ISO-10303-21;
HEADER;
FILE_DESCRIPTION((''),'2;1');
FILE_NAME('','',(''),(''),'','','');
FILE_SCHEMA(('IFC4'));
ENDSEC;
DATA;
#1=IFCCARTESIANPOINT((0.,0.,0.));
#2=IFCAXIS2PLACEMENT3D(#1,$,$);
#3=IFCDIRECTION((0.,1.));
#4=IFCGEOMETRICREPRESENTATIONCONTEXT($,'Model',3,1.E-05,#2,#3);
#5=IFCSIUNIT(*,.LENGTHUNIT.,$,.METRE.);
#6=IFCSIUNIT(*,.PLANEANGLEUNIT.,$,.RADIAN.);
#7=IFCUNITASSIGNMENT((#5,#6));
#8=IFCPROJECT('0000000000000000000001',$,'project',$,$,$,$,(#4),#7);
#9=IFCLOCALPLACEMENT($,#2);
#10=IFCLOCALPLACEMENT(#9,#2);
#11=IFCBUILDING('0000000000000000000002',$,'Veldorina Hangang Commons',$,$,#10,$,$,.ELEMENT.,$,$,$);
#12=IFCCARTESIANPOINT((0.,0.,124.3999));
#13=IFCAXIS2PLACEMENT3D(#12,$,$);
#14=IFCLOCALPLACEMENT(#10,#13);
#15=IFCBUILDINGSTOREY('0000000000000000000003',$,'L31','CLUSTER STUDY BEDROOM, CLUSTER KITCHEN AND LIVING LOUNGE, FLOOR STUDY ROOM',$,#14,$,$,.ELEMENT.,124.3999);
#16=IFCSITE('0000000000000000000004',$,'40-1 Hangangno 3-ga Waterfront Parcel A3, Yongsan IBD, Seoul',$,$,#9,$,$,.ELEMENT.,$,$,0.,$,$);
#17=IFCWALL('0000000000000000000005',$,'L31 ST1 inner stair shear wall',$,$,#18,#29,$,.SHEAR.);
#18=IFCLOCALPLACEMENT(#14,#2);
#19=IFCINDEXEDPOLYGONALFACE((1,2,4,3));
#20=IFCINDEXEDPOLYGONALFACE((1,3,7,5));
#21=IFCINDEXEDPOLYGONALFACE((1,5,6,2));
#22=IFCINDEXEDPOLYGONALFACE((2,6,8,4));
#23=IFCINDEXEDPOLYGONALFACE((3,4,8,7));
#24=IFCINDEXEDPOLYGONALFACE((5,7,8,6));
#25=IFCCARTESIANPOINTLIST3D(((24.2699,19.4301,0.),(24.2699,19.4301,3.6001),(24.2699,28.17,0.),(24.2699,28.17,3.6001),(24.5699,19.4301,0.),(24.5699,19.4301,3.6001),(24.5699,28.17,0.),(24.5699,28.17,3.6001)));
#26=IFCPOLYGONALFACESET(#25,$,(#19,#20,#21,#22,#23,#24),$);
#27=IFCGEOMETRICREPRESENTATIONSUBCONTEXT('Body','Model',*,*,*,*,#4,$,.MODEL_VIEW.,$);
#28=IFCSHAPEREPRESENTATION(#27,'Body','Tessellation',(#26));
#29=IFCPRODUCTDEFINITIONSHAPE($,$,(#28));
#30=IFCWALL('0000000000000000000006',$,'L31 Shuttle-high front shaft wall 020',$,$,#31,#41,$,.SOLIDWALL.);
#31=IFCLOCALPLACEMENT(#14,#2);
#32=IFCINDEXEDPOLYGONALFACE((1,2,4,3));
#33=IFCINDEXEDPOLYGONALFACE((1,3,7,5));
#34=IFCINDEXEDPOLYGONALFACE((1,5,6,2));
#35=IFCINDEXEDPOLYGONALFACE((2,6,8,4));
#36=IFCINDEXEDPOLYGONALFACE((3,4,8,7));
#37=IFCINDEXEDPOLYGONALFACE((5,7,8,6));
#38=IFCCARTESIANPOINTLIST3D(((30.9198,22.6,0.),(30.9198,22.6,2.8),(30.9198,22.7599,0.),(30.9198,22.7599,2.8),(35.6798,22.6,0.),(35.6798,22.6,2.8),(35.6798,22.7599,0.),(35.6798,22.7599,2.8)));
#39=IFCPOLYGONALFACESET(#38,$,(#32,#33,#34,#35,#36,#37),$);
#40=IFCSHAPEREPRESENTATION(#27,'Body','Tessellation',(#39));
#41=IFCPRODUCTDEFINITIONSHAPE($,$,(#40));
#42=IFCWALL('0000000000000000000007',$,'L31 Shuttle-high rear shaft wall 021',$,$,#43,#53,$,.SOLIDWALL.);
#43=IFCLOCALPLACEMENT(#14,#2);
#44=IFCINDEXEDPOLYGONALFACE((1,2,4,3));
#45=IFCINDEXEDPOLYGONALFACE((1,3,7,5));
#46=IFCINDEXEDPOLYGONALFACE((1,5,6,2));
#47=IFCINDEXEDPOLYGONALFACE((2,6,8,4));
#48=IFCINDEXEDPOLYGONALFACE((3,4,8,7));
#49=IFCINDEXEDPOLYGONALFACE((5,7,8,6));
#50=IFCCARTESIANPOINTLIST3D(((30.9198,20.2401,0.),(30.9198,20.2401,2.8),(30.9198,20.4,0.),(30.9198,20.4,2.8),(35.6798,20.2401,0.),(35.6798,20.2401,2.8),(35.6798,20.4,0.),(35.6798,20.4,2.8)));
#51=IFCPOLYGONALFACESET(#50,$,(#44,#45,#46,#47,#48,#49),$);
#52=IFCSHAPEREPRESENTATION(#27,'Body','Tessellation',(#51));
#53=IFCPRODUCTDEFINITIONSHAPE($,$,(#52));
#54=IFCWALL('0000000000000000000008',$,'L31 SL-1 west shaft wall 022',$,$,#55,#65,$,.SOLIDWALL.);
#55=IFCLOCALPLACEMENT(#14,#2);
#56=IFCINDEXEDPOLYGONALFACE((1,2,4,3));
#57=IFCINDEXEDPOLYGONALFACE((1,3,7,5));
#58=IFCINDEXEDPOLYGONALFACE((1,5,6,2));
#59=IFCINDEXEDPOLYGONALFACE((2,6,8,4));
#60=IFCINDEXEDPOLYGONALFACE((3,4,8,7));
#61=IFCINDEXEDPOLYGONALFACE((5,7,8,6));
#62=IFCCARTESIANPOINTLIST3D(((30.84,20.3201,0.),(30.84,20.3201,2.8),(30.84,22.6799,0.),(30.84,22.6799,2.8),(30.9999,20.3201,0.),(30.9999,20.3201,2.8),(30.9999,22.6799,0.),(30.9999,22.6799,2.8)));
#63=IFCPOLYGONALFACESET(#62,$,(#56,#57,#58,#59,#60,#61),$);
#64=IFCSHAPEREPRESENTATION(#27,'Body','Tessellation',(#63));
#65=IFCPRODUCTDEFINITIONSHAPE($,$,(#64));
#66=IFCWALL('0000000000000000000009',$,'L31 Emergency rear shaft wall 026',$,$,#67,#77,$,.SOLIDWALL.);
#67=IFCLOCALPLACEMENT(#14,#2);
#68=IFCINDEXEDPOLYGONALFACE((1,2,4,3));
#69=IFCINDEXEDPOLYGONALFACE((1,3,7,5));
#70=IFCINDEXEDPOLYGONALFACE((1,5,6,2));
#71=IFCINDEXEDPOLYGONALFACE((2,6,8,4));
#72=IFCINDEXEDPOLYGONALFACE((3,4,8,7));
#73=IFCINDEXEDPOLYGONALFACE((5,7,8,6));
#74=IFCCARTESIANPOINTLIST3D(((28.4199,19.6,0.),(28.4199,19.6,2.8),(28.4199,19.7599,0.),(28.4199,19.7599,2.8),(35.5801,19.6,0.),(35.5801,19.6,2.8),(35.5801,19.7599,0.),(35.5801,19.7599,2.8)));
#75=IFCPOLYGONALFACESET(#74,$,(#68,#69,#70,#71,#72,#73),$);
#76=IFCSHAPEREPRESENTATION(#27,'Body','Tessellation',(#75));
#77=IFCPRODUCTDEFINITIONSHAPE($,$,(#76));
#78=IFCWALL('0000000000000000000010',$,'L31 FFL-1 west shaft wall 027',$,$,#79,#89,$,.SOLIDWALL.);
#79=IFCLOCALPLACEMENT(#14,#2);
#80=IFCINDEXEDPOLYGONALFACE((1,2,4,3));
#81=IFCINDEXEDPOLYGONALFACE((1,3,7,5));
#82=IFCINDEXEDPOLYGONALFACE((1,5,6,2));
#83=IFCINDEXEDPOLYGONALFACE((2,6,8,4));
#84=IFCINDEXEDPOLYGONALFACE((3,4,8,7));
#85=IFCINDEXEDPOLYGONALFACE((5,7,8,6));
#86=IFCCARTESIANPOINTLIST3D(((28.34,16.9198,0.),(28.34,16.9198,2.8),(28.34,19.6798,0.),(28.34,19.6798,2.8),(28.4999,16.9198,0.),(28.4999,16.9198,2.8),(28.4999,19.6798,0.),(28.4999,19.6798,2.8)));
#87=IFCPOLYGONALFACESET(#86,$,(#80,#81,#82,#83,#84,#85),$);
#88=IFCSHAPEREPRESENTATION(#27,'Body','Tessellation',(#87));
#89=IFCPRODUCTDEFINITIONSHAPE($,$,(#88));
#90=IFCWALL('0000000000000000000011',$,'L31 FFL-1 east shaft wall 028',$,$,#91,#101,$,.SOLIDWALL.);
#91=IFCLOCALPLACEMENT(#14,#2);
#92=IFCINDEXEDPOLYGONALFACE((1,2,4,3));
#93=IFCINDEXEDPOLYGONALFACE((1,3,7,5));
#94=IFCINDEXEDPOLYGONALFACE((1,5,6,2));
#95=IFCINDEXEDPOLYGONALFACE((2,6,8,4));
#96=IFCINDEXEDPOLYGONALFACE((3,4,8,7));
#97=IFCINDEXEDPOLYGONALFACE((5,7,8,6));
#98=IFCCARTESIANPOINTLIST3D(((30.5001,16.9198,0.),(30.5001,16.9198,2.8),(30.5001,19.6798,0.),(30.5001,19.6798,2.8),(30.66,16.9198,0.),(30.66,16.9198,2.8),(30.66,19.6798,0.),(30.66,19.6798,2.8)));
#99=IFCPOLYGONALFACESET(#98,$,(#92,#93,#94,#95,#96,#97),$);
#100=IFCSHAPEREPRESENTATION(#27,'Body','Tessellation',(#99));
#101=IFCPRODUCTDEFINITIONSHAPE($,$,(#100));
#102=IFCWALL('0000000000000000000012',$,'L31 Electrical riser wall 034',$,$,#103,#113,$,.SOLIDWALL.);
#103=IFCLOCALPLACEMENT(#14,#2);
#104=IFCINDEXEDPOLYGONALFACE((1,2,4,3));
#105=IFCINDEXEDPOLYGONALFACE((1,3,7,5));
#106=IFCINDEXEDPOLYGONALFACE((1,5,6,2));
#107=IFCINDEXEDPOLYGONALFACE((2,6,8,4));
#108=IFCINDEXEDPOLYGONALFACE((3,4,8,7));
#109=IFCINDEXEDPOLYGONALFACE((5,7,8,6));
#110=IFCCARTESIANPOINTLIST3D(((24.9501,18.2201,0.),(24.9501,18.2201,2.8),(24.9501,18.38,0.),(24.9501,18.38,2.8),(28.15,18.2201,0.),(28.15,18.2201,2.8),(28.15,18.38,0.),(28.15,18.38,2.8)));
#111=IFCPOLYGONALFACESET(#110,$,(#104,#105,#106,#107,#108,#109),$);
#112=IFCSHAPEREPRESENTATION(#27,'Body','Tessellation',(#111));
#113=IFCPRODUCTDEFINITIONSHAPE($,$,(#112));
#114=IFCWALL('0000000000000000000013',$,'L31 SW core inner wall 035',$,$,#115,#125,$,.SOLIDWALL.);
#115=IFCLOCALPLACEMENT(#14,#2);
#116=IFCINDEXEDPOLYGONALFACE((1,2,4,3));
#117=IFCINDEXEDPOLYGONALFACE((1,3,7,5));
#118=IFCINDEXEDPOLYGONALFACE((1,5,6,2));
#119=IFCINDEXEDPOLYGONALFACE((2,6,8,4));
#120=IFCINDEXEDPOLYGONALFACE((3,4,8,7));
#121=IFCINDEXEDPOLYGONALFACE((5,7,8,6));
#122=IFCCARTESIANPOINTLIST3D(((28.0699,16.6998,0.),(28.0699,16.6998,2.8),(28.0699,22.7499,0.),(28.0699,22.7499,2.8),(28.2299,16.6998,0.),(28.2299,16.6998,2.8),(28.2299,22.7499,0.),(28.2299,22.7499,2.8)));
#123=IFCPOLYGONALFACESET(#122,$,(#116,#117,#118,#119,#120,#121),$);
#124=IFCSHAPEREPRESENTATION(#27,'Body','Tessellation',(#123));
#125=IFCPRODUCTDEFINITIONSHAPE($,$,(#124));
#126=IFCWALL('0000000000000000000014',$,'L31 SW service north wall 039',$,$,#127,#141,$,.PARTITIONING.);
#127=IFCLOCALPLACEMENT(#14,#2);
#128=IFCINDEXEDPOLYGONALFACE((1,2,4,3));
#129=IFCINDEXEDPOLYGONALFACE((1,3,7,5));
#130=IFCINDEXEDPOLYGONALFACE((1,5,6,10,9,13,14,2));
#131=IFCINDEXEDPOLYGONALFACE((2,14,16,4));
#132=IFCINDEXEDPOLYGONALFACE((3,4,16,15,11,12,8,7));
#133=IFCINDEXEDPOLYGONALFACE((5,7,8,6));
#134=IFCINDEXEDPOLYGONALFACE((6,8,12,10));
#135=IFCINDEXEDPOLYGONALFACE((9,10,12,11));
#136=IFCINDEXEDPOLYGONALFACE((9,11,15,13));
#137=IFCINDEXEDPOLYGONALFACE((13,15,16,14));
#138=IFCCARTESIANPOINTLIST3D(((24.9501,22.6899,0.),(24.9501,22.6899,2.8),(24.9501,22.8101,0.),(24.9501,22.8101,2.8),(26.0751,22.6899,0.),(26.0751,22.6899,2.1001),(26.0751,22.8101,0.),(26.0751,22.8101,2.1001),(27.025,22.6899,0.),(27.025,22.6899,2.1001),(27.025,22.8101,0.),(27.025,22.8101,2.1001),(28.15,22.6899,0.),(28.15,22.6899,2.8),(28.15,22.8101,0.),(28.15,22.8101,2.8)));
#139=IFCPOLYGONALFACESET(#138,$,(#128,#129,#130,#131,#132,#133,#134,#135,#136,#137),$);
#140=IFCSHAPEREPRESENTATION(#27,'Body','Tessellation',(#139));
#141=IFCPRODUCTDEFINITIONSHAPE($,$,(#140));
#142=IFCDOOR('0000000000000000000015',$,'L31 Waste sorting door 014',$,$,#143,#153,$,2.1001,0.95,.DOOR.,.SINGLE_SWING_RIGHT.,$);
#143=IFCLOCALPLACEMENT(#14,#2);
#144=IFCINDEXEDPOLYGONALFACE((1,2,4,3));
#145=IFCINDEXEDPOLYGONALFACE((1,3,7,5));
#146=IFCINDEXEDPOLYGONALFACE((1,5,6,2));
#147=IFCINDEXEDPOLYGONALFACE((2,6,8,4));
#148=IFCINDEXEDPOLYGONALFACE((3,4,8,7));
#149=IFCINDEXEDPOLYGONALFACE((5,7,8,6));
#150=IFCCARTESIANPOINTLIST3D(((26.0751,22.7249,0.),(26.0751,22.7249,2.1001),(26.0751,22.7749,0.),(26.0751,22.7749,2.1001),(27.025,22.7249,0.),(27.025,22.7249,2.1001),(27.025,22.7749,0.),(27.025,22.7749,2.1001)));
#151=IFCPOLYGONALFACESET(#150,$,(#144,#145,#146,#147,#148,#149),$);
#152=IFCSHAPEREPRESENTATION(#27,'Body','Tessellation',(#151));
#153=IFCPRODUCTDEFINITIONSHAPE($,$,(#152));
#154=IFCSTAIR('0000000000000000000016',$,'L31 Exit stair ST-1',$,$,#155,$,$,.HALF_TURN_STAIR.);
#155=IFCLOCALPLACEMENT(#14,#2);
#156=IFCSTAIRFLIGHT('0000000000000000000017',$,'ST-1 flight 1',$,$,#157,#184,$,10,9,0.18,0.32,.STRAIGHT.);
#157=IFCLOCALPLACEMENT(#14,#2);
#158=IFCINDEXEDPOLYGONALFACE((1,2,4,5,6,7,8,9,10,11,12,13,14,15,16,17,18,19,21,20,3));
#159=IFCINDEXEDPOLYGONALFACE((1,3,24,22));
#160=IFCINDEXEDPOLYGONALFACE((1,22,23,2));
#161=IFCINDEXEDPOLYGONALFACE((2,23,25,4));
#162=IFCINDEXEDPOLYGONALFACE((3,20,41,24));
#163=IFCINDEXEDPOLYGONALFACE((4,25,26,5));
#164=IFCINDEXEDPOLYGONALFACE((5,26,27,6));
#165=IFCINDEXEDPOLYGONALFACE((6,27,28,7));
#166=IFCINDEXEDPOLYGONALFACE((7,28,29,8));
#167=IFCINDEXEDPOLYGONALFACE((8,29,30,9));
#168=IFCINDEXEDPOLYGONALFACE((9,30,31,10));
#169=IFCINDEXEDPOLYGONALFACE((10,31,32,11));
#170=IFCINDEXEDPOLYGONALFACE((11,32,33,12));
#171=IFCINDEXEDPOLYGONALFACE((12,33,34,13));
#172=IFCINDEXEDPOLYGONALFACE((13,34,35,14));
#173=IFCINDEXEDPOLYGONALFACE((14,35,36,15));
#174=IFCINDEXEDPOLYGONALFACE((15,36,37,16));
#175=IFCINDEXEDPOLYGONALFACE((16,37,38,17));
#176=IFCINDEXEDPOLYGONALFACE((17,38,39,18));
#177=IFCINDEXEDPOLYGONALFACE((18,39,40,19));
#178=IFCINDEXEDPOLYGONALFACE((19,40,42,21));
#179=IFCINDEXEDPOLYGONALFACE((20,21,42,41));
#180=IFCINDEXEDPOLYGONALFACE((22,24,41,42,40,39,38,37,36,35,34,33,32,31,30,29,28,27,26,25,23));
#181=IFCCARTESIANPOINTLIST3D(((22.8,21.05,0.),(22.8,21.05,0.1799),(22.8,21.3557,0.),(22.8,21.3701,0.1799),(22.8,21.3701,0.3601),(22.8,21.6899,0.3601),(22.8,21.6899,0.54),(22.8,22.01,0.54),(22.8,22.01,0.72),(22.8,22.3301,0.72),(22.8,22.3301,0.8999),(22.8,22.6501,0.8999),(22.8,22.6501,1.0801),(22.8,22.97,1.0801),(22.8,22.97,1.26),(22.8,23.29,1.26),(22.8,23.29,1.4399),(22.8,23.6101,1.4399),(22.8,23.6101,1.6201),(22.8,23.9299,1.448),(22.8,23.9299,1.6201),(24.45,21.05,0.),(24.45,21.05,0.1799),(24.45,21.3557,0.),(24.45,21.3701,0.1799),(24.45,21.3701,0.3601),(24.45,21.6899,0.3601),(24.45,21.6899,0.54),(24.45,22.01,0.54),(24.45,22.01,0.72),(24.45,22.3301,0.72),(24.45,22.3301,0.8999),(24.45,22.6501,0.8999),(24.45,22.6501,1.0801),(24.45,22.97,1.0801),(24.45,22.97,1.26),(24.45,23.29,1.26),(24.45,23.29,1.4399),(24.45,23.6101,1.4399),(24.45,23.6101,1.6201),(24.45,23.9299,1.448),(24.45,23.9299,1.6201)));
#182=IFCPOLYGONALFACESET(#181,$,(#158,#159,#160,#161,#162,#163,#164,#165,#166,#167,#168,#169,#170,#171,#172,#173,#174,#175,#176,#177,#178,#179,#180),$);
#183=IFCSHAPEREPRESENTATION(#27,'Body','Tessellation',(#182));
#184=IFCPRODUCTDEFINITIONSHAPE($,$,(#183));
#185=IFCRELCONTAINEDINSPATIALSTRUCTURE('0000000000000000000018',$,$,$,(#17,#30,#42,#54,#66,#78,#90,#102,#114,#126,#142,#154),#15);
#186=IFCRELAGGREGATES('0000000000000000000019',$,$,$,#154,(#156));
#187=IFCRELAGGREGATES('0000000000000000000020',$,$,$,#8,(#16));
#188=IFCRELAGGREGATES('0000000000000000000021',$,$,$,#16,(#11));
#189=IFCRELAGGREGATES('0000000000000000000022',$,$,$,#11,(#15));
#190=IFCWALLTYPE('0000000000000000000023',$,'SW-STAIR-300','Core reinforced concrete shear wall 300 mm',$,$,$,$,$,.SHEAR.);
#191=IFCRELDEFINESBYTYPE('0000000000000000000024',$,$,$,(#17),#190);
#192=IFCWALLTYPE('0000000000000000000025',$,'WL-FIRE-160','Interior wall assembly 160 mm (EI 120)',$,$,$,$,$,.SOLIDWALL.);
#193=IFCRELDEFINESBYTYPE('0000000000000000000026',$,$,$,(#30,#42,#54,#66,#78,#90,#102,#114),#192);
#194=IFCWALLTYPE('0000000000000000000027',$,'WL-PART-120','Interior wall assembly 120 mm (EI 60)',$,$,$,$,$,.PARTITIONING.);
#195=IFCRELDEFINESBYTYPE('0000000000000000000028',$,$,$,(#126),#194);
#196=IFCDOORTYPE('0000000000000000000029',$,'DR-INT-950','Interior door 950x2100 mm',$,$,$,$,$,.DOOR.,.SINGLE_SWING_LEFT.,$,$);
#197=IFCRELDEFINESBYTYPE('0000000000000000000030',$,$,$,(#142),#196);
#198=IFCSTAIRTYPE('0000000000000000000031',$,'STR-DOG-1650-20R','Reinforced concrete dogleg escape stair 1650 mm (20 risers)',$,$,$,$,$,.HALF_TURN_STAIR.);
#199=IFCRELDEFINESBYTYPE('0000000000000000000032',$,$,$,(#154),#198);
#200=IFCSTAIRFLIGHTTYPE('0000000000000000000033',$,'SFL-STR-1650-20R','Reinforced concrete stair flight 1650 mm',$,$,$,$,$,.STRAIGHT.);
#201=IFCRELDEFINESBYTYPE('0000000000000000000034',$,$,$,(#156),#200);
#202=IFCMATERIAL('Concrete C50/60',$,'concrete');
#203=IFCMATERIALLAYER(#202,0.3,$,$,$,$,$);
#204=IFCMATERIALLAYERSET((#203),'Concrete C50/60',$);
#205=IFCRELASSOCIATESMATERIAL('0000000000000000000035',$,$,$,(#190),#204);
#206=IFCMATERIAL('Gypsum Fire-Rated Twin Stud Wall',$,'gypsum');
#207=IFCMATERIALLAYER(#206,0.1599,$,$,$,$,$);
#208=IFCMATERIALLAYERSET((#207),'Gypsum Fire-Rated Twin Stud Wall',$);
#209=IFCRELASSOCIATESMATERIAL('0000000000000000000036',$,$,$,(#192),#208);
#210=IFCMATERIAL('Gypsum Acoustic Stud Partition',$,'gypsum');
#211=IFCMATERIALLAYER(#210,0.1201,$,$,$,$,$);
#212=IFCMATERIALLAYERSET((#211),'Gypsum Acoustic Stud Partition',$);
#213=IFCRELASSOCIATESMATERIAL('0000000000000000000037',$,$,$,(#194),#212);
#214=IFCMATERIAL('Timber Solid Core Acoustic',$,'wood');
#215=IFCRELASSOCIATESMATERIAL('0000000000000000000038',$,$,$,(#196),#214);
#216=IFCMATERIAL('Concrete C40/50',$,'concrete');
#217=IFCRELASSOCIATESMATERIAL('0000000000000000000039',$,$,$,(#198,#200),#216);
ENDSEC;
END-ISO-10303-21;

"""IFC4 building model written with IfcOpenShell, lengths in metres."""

from ifc_helpers import new_model, si_unit, direction, frame, frame_2d, origin, place, context, subcontext, project, spatial, polyline, rectangle, outline, extrude, material, layer, layer_set, type_object, element, fill, aggregate, save


model = new_model("IFC4")

# Units and contexts
model_context = context("Model", 3, precision=1e-05, world=origin(), true_north=direction((0.0, 1.0)))
body_context = subcontext(model_context, "Body", "Model", "MODEL_VIEW")
ifc_project = project(units=[si_unit("LENGTHUNIT", "METRE"), si_unit("PLANEANGLEUNIT", "RADIAN")], contexts=[model_context])

# Site, building, storey
site_placement = place(None, origin())
site = spatial("IfcSite", under=ifc_project, at=site_placement, Name="40-1 Hangangno 3-ga Waterfront Parcel A3, Yongsan IBD, Seoul", CompositionType="ELEMENT", RefElevation=0.0)
building_placement = place(site_placement, origin())
building = spatial("IfcBuilding", under=site, at=building_placement, Name="Veldorina Hangang Commons", CompositionType="ELEMENT")
storey_placement = place(building_placement, frame((0.0, 0.0, 124.3999)))
storey = spatial("IfcBuildingStorey", under=building, at=storey_placement, Name="L31", Description="CLUSTER STUDY BEDROOM, CLUSTER KITCHEN AND LIVING LOUNGE, FLOOR STUDY ROOM", CompositionType="ELEMENT", Elevation=124.3999)

# Walls
ifc_material_1 = material(Name="Concrete C50/60", Category="concrete")
ifc_layer_1 = layer(ifc_material_1, 0.3)
ifc_layer_set_1 = layer_set([ifc_layer_1], Name="Concrete C50/60")
wall_type_1 = type_object("IfcWallType", Name="SW-STAIR-300", Description="Core reinforced concrete shear wall 300 mm", PredefinedType="SHEAR", material=ifc_layer_set_1)
wall_1_placement = place(storey_placement, frame((24.4199, 19.4299, 0.0), z_axis=(0.0, 0.0, 1.0), x_axis=(0.0, 1.0, 0.0)))
element("IfcWall", 1, at=wall_1_placement, inside=storey, type_object=wall_type_1, Name="L31 ST1 inner stair shear wall", PredefinedType="SHEAR", context=body_context, shape_type="SweptSolid", body=[
    extrude(rectangle(XDim=8.74, YDim=0.3, at=frame_2d((4.3701, 0.0))), origin(), (0.0, 0.0, 1.0), 3.6001),
])
ifc_material_2 = material(Name="Gypsum Fire-Rated Twin Stud Wall", Category="gypsum")
ifc_layer_2 = layer(ifc_material_2, 0.1599)
ifc_layer_set_2 = layer_set([ifc_layer_2], Name="Gypsum Fire-Rated Twin Stud Wall")
wall_type_2 = type_object("IfcWallType", Name="WL-FIRE-160", Description="Interior wall assembly 160 mm (EI 120)", PredefinedType="SOLIDWALL", material=ifc_layer_set_2)
for number, where, z_axis, x_axis, name in (
    (2, (30.9199, 22.6799, 0.0), (0.0, 0.0, 1.0), (1.0, 0.0, 0.0), "L31 Shuttle-high front shaft wall 020"),
    (3, (30.9199, 20.3201, 0.0), (0.0, 0.0, 1.0), (1.0, 0.0, 0.0), "L31 Shuttle-high rear shaft wall 021"),
):
    element("IfcWall", number, at=place(storey_placement, frame(where, z_axis=z_axis, x_axis=x_axis)), inside=storey, type_object=wall_type_2, Name=name, PredefinedType="SOLIDWALL", context=body_context, shape_type="SweptSolid", body=[
        extrude(rectangle(XDim=4.76, YDim=0.1599, at=frame_2d((2.3799, 0.0))), origin(), (0.0, 0.0, 1.0), 2.8),
    ])
wall_2_placement = place(storey_placement, frame((30.9199, 20.3201, 0.0), z_axis=(0.0, 0.0, 1.0), x_axis=(0.0, 1.0, 0.0)))
element("IfcWall", 4, at=wall_2_placement, inside=storey, type_object=wall_type_2, Name="L31 SL-1 west shaft wall 022", PredefinedType="SOLIDWALL", context=body_context, shape_type="SweptSolid", body=[
    extrude(rectangle(XDim=2.3599, YDim=0.1599, at=frame_2d((1.1799, 0.0))), origin(), (0.0, 0.0, 1.0), 2.8),
])

# Walls
wall_3_placement = place(storey_placement, frame((28.4199, 19.6799, 0.0), z_axis=(0.0, 0.0, 1.0), x_axis=(1.0, 0.0, 0.0)))
element("IfcWall", 5, at=wall_3_placement, inside=storey, type_object=wall_type_2, Name="L31 Emergency rear shaft wall 026", PredefinedType="SOLIDWALL", context=body_context, shape_type="SweptSolid", body=[
    extrude(rectangle(XDim=7.1602, YDim=0.1599, at=frame_2d((3.5801, 0.0))), origin(), (0.0, 0.0, 1.0), 2.8),
])
for number, where, z_axis, x_axis, name in (
    (6, (28.4199, 16.9199, 0.0), (0.0, 0.0, 1.0), (0.0, 1.0, 0.0), "L31 FFL-1 west shaft wall 027"),
    (7, (30.5801, 16.9199, 0.0), (0.0, 0.0, 1.0), (0.0, 1.0, 0.0), "L31 FFL-1 east shaft wall 028"),
):
    element("IfcWall", number, at=place(storey_placement, frame(where, z_axis=z_axis, x_axis=x_axis)), inside=storey, type_object=wall_type_2, Name=name, PredefinedType="SOLIDWALL", context=body_context, shape_type="SweptSolid", body=[
        extrude(rectangle(XDim=2.76, YDim=0.1599, at=frame_2d((1.3799, 0.0))), origin(), (0.0, 0.0, 1.0), 2.8),
    ])
wall_4_placement = place(storey_placement, frame((24.95, 18.3, 0.0), z_axis=(0.0, 0.0, 1.0), x_axis=(1.0, 0.0, 0.0)))
element("IfcWall", 8, at=wall_4_placement, inside=storey, type_object=wall_type_2, Name="L31 Electrical riser wall 034", PredefinedType="SOLIDWALL", context=body_context, shape_type="SweptSolid", body=[
    extrude(rectangle(XDim=3.2, YDim=0.1599, at=frame_2d((1.6001, 0.0))), origin(), (0.0, 0.0, 1.0), 2.8),
])
wall_5_placement = place(storey_placement, frame((28.1499, 16.7, 0.0), z_axis=(0.0, 0.0, 1.0), x_axis=(0.0, 1.0, 0.0)))
element("IfcWall", 9, at=wall_5_placement, inside=storey, type_object=wall_type_2, Name="L31 SW core inner wall 035", PredefinedType="SOLIDWALL", context=body_context, shape_type="SweptSolid", body=[
    extrude(rectangle(XDim=6.05, YDim=0.1599, at=frame_2d((3.0249, 0.0))), origin(), (0.0, 0.0, 1.0), 2.8),
])

# Wall, opening, door
ifc_material_3 = material(Name="Gypsum Acoustic Stud Partition", Category="gypsum")
ifc_layer_3 = layer(ifc_material_3, 0.1201)
ifc_layer_set_3 = layer_set([ifc_layer_3], Name="Gypsum Acoustic Stud Partition")
wall_type_3 = type_object("IfcWallType", Name="WL-PART-120", Description="Interior wall assembly 120 mm (EI 60)", PredefinedType="PARTITIONING", material=ifc_layer_set_3)
wall_6_placement = place(storey_placement, frame((24.95, 22.75, 0.0), z_axis=(0.0, 0.0, 1.0), x_axis=(1.0, 0.0, 0.0)))
wall_6 = element("IfcWall", 10, at=wall_6_placement, inside=storey, type_object=wall_type_3, Name="L31 SW service north wall 039", PredefinedType="PARTITIONING", context=body_context, shape_type="SweptSolid", body=[
    extrude(rectangle(XDim=3.2, YDim=0.1201, at=frame_2d((1.6001, 0.0))), origin(), (0.0, 0.0, 1.0), 2.8),
])
opening_1_placement = place(wall_6_placement, frame((1.125, 0.0, 0.0)))
opening_1 = element("IfcOpeningElement", 11, at=opening_1_placement, cuts=wall_6, PredefinedType="OPENING", context=body_context, shape_type="SweptSolid", body=[
    extrude(rectangle(XDim=0.95, YDim=2.1001, at=frame_2d((0.4751, 1.05))), frame((0.0, 0.0701, 0.0), z_axis=(0.0, -1.0, 0.0), x_axis=(1.0, 0.0, 0.0)), (0.0, 0.0, 1.0), 0.1401),
])
ifc_material_4 = material(Name="Timber Solid Core Acoustic", Category="wood")
door_type_1 = type_object("IfcDoorType", Name="DR-INT-950", Description="Interior door 950x2100 mm", OperationType="SINGLE_SWING_LEFT", PredefinedType="DOOR", material=ifc_material_4)
door_1_placement = place(opening_1_placement, origin())
door_1 = element("IfcDoor", 12, at=door_1_placement, inside=storey, type_object=door_type_1, Name="L31 Waste sorting door 014", OperationType="SINGLE_SWING_RIGHT", OverallHeight=2.1001, OverallWidth=0.95, PredefinedType="DOOR", context=body_context, shape_type="SweptSolid", body=[
    extrude(rectangle(XDim=0.95, YDim=2.1001, at=frame_2d((0.4751, 1.05))), frame((0.0, 0.0249, 0.0), z_axis=(0.0, -1.0, 0.0), x_axis=(1.0, 0.0, 0.0)), (0.0, 0.0, 1.0), 0.05),
])
fill(opening_1, door_1)

# Stair, stair flight
ifc_material_5 = material(Name="Concrete C40/50", Category="concrete")
stair_type = type_object("IfcStairType", Name="STR-DOG-1650-20R", Description="Reinforced concrete dogleg escape stair 1650 mm (20 risers)", PredefinedType="HALF_TURN_STAIR", material=ifc_material_5)
stair_placement = place(storey_placement, origin())
stair = element("IfcStair", 13, at=stair_placement, inside=storey, type_object=stair_type, Name="L31 Exit stair ST-1", PredefinedType="HALF_TURN_STAIR")
stair_flight_type = type_object("IfcStairFlightType", Name="SFL-STR-1650-20R", Description="Reinforced concrete stair flight 1650 mm", PredefinedType="STRAIGHT", material=ifc_material_5)
stair_flight_placement = place(storey_placement, frame((23.625, 21.05, 0.0), z_axis=(0.0, 0.0, 1.0), x_axis=(0.0, 1.0, 0.0)))
stair_flight = element("IfcStairFlight", 14, at=stair_flight_placement, type_object=stair_flight_type, Name="ST-1 flight 1", NumberOfRisers=10, NumberOfTreads=9, PredefinedType="STRAIGHT", RiserHeight=0.18, TreadLength=0.32, context=body_context, shape_type="SweptSolid", body=[
    extrude(outline(polyline([(0.0, 0.0), (0.0, 0.1799), (0.3201, 0.1799), (0.3201, 0.3601), (0.6399, 0.3601), (0.6399, 0.54), (0.96, 0.54), (0.96, 0.72), (1.28, 0.72), (1.28, 0.8999), (1.6001, 0.8999), (1.6001, 1.0801), (1.9199, 1.0801), (1.9199, 1.26), (2.24, 1.26), (2.24, 1.4399), (2.5601, 1.4399), (2.5601, 1.6201), (2.8799, 1.6201), (2.8799, 1.8), (2.8799, 1.448), (0.3057, 0.0), (0.0, 0.0)])), frame((0.0, 0.825, 0.0), z_axis=(0.0, -1.0, 0.0), x_axis=(1.0, 0.0, 0.0)), (0.0, 0.0, 1.0), 1.6499),
])
aggregate(stair, [stair_flight])

save(model, "model.ifc")
